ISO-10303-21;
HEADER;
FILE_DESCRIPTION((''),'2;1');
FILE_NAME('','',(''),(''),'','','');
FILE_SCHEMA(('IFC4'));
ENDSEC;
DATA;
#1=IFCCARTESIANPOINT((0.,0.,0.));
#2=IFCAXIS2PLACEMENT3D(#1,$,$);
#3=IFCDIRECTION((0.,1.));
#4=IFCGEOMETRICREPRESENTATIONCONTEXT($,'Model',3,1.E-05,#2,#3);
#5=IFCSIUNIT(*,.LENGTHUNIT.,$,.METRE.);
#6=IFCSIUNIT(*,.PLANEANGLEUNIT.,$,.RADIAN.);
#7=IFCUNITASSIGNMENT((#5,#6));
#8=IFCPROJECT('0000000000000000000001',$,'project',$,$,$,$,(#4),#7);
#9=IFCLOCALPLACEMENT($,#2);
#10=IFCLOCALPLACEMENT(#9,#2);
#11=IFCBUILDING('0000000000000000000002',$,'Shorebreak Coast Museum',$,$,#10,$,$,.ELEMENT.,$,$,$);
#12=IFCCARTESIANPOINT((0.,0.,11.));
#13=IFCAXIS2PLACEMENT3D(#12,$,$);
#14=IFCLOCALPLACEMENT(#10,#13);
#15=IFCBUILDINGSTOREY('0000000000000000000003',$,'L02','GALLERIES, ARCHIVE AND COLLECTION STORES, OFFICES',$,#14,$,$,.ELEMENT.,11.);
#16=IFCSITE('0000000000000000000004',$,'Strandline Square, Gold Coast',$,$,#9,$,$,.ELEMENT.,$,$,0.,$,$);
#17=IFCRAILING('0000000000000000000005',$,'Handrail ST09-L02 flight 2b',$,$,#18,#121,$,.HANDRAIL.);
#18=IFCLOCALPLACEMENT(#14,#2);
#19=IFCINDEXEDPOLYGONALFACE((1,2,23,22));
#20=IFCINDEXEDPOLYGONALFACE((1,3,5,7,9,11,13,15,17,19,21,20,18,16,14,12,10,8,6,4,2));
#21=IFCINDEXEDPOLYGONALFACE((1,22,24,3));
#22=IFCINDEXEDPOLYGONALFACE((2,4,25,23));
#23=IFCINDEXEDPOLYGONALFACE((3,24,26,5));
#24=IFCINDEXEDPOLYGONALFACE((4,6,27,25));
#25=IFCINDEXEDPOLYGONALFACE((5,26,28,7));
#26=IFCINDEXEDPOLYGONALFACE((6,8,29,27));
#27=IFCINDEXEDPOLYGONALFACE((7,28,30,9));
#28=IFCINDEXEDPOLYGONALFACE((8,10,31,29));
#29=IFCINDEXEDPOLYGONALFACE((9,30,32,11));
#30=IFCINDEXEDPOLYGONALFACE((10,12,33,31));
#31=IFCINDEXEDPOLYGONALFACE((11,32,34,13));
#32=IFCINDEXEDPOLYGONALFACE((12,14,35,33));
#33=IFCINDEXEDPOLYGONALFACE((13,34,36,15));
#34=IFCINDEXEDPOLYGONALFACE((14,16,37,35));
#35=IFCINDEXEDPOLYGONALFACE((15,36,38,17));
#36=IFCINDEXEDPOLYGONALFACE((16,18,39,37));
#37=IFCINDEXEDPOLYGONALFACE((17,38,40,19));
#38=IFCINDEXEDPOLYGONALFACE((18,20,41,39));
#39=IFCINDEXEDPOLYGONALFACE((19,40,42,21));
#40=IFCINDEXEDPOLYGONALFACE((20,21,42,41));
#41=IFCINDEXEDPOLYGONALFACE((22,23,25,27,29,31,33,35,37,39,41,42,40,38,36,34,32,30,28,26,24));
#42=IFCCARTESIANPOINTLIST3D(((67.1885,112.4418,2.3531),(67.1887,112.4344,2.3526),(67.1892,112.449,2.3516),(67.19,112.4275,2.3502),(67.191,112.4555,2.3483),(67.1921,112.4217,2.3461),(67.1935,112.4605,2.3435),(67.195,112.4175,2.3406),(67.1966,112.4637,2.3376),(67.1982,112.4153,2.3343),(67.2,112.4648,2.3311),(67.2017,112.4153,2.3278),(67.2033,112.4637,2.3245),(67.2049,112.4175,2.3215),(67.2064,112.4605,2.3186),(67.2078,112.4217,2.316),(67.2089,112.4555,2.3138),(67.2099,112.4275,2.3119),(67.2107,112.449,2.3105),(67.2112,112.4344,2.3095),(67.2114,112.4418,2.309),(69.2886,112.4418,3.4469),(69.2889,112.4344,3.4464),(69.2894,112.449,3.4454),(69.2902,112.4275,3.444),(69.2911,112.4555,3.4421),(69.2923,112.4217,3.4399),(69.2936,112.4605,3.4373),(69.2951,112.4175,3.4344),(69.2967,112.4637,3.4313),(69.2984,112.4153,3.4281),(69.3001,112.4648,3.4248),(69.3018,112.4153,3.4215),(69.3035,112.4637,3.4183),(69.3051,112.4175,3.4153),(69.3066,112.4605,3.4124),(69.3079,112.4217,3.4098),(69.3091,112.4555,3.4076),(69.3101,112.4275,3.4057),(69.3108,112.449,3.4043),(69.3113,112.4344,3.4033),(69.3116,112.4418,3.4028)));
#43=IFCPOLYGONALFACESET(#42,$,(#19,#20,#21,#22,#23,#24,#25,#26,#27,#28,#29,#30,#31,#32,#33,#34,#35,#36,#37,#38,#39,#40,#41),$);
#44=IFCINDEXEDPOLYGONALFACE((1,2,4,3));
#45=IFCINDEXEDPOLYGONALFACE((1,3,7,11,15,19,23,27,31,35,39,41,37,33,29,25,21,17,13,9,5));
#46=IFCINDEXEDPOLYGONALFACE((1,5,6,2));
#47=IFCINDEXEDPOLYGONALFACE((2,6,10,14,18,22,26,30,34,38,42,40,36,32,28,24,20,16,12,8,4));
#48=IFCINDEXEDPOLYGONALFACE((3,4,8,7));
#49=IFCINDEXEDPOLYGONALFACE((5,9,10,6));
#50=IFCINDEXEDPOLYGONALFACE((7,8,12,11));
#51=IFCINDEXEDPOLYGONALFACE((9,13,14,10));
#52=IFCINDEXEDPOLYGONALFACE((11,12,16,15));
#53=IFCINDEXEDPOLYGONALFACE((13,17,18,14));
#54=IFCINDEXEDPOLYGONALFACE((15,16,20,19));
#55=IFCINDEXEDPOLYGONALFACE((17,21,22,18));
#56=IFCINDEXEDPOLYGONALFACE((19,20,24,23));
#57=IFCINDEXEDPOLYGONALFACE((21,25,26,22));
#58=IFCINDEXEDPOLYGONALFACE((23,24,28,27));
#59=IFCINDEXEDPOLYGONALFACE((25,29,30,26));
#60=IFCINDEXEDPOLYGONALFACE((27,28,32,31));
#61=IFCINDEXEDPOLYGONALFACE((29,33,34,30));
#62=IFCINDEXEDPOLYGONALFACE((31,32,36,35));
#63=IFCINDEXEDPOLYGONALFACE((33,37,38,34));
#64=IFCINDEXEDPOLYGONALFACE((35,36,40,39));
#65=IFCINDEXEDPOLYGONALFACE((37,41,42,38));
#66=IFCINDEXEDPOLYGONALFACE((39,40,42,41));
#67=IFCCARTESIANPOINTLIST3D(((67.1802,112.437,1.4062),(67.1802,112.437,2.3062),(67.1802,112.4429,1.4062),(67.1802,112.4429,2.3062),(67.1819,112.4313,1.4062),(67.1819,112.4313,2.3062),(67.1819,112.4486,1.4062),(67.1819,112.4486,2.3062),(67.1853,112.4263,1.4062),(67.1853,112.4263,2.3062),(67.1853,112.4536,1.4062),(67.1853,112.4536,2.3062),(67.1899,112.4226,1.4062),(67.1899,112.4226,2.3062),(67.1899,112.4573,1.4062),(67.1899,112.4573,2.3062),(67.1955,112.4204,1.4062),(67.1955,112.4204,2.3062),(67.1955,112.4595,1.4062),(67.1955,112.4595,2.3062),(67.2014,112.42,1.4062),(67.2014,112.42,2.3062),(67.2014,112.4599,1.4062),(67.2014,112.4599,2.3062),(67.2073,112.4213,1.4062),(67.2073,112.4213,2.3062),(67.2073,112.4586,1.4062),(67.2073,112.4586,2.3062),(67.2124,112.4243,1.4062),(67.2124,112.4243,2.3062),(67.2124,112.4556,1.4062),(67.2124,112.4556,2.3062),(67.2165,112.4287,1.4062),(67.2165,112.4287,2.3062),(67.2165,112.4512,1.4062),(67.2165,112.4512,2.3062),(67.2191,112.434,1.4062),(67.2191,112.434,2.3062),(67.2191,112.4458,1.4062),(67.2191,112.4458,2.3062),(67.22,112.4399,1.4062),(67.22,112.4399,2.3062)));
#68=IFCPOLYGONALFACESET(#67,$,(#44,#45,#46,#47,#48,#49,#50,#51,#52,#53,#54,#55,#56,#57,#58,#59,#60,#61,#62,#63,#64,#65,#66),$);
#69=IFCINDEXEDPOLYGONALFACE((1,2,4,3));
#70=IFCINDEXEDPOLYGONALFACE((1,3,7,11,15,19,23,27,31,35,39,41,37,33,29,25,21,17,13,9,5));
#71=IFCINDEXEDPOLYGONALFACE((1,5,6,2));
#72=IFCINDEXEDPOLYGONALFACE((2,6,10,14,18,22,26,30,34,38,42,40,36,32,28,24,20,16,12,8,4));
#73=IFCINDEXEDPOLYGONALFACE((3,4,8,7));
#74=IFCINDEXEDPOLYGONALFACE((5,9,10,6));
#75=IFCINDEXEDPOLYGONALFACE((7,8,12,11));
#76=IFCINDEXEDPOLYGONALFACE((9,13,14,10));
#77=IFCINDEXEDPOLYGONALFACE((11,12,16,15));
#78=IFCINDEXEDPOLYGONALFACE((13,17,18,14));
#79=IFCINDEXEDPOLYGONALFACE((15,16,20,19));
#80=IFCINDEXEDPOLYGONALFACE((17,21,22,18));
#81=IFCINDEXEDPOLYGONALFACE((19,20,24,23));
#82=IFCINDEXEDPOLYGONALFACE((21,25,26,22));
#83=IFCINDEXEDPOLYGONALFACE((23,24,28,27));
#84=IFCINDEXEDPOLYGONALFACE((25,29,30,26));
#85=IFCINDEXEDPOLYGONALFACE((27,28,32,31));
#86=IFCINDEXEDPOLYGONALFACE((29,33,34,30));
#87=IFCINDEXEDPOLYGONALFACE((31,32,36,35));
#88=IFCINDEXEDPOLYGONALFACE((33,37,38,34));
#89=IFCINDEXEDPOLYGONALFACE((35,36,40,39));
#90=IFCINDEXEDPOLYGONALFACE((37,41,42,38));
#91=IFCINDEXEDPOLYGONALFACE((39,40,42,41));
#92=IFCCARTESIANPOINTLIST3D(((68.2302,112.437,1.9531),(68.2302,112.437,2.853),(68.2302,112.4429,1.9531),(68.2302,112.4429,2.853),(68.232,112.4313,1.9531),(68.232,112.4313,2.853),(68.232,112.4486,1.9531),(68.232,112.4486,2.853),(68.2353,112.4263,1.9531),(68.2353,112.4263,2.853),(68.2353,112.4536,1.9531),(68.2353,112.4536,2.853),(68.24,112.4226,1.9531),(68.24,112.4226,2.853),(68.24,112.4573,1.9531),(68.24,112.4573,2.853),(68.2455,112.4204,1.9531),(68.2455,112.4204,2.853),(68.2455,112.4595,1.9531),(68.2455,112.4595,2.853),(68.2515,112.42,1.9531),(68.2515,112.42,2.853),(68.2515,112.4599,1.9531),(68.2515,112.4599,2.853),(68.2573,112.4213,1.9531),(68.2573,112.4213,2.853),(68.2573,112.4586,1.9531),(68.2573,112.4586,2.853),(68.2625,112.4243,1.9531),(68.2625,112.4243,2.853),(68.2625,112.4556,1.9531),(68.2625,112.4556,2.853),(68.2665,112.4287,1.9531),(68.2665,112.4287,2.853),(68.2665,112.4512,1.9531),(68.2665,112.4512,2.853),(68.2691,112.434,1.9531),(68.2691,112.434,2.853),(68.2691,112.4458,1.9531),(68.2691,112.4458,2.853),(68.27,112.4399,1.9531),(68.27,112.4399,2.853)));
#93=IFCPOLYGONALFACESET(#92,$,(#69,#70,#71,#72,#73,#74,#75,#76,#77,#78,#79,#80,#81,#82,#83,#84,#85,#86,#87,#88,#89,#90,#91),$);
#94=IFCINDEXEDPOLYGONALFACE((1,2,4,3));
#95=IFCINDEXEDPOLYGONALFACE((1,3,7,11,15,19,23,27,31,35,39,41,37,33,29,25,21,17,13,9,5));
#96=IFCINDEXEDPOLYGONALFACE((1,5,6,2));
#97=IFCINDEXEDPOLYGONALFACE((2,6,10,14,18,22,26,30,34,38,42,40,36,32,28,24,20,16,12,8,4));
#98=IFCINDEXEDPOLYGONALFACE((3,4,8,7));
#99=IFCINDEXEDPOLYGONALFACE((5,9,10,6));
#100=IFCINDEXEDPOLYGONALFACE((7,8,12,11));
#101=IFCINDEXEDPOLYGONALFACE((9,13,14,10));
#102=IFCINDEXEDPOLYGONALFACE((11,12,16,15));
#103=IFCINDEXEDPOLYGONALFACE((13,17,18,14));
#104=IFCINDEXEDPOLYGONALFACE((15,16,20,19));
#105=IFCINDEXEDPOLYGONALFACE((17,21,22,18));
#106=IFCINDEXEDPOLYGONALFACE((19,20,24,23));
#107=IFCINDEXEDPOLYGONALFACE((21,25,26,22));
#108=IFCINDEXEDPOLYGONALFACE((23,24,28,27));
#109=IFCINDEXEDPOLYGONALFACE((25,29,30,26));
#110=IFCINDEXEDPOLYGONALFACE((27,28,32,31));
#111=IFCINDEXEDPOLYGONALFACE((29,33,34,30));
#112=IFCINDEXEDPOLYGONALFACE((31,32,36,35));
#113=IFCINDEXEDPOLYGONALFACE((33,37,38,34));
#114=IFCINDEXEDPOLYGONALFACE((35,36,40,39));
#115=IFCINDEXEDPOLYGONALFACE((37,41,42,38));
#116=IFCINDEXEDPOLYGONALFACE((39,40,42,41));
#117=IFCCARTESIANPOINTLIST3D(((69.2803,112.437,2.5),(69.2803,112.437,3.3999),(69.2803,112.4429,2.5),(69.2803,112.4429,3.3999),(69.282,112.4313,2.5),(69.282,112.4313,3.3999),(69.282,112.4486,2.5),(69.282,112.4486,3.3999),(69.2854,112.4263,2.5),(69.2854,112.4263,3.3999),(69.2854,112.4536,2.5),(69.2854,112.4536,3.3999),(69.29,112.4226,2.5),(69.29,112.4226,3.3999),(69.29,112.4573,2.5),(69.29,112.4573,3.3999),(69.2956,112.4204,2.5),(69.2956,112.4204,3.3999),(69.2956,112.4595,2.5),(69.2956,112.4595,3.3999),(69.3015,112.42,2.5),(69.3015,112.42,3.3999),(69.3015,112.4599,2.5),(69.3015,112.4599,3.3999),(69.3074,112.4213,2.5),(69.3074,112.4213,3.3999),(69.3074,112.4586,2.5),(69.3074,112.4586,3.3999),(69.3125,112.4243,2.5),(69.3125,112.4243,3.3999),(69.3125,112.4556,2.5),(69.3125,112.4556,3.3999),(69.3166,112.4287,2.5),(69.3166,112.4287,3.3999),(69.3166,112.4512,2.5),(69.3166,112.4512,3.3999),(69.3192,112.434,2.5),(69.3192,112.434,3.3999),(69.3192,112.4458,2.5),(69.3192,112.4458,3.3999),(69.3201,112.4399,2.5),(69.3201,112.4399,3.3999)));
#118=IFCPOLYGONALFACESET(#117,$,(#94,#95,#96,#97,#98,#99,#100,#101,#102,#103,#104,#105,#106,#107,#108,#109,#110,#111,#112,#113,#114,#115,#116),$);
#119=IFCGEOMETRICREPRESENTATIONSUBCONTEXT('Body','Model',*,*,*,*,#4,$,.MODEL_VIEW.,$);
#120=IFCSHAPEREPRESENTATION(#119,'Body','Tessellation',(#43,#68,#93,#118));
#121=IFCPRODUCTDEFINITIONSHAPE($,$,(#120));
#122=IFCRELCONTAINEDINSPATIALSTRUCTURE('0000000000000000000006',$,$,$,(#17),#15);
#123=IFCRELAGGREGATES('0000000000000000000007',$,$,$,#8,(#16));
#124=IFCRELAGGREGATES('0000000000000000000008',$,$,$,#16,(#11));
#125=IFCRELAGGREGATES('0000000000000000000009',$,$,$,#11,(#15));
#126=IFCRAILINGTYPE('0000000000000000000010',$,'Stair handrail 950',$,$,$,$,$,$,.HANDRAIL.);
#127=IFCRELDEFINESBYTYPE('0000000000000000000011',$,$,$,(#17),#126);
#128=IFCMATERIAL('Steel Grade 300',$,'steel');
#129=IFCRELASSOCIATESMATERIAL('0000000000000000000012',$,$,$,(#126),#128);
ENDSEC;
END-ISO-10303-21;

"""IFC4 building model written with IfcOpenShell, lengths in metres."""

from ifc_helpers import new_model, si_unit, direction, frame, origin, origin_2d, place, context, subcontext, project, spatial, circle, extrude, material, type_object, element, save


model = new_model("IFC4")

# Units and contexts
model_context = context("Model", 3, precision=1e-05, world=origin(), true_north=direction((0.0, 1.0)))
body_context = subcontext(model_context, "Body", "Model", "MODEL_VIEW")
ifc_project = project(units=[si_unit("LENGTHUNIT", "METRE"), si_unit("PLANEANGLEUNIT", "RADIAN")], contexts=[model_context])

# Site, building, storey
site_placement = place(None, origin())
site = spatial("IfcSite", under=ifc_project, at=site_placement, Name="Strandline Square, Gold Coast", CompositionType="ELEMENT", RefElevation=0.0)
building_placement = place(site_placement, origin())
building = spatial("IfcBuilding", under=site, at=building_placement, Name="Shorebreak Coast Museum", CompositionType="ELEMENT")
storey_placement = place(building_placement, frame((0.0, 0.0, 11.0)))
storey = spatial("IfcBuildingStorey", under=building, at=storey_placement, Name="L02", Description="GALLERIES, ARCHIVE AND COLLECTION STORES, OFFICES", CompositionType="ELEMENT", Elevation=11.0)

# Railing
ifc_material_1 = material(Name="Steel Grade 300", Category="steel")
railing_type_1 = type_object("IfcRailingType", Name="Stair handrail 950", PredefinedType="HANDRAIL", material=ifc_material_1)
railing_1_placement = place(storey_placement, frame((67.2, 112.4399, 1.4062)))
element("IfcRailing", 1, at=railing_1_placement, inside=storey, type_object=railing_type_1, Name="Handrail ST09-L02 flight 2b", PredefinedType="HANDRAIL", context=body_context, shape_type="SweptSolid", body=[
    extrude(circle(Radius=0.0249, at=origin_2d()), frame((0.0, 0.0, 0.9248), z_axis=(0.886923, 0.0, 0.461918), x_axis=(0.0, 1.0, 0.0)), (0.0, 0.0, 1.0), 2.3679),
    extrude(circle(Radius=0.02, at=origin_2d()), origin(), (0.0, 0.0, 1.0), 0.8999),
    extrude(circle(Radius=0.02, at=origin_2d()), frame((1.05, 0.0, 0.5469)), (0.0, 0.0, 1.0), 0.8999),
    extrude(circle(Radius=0.02, at=origin_2d()), frame((2.1001, 0.0, 1.0938)), (0.0, 0.0, 1.0), 0.8999),
])

save(model, "model.ifc")
